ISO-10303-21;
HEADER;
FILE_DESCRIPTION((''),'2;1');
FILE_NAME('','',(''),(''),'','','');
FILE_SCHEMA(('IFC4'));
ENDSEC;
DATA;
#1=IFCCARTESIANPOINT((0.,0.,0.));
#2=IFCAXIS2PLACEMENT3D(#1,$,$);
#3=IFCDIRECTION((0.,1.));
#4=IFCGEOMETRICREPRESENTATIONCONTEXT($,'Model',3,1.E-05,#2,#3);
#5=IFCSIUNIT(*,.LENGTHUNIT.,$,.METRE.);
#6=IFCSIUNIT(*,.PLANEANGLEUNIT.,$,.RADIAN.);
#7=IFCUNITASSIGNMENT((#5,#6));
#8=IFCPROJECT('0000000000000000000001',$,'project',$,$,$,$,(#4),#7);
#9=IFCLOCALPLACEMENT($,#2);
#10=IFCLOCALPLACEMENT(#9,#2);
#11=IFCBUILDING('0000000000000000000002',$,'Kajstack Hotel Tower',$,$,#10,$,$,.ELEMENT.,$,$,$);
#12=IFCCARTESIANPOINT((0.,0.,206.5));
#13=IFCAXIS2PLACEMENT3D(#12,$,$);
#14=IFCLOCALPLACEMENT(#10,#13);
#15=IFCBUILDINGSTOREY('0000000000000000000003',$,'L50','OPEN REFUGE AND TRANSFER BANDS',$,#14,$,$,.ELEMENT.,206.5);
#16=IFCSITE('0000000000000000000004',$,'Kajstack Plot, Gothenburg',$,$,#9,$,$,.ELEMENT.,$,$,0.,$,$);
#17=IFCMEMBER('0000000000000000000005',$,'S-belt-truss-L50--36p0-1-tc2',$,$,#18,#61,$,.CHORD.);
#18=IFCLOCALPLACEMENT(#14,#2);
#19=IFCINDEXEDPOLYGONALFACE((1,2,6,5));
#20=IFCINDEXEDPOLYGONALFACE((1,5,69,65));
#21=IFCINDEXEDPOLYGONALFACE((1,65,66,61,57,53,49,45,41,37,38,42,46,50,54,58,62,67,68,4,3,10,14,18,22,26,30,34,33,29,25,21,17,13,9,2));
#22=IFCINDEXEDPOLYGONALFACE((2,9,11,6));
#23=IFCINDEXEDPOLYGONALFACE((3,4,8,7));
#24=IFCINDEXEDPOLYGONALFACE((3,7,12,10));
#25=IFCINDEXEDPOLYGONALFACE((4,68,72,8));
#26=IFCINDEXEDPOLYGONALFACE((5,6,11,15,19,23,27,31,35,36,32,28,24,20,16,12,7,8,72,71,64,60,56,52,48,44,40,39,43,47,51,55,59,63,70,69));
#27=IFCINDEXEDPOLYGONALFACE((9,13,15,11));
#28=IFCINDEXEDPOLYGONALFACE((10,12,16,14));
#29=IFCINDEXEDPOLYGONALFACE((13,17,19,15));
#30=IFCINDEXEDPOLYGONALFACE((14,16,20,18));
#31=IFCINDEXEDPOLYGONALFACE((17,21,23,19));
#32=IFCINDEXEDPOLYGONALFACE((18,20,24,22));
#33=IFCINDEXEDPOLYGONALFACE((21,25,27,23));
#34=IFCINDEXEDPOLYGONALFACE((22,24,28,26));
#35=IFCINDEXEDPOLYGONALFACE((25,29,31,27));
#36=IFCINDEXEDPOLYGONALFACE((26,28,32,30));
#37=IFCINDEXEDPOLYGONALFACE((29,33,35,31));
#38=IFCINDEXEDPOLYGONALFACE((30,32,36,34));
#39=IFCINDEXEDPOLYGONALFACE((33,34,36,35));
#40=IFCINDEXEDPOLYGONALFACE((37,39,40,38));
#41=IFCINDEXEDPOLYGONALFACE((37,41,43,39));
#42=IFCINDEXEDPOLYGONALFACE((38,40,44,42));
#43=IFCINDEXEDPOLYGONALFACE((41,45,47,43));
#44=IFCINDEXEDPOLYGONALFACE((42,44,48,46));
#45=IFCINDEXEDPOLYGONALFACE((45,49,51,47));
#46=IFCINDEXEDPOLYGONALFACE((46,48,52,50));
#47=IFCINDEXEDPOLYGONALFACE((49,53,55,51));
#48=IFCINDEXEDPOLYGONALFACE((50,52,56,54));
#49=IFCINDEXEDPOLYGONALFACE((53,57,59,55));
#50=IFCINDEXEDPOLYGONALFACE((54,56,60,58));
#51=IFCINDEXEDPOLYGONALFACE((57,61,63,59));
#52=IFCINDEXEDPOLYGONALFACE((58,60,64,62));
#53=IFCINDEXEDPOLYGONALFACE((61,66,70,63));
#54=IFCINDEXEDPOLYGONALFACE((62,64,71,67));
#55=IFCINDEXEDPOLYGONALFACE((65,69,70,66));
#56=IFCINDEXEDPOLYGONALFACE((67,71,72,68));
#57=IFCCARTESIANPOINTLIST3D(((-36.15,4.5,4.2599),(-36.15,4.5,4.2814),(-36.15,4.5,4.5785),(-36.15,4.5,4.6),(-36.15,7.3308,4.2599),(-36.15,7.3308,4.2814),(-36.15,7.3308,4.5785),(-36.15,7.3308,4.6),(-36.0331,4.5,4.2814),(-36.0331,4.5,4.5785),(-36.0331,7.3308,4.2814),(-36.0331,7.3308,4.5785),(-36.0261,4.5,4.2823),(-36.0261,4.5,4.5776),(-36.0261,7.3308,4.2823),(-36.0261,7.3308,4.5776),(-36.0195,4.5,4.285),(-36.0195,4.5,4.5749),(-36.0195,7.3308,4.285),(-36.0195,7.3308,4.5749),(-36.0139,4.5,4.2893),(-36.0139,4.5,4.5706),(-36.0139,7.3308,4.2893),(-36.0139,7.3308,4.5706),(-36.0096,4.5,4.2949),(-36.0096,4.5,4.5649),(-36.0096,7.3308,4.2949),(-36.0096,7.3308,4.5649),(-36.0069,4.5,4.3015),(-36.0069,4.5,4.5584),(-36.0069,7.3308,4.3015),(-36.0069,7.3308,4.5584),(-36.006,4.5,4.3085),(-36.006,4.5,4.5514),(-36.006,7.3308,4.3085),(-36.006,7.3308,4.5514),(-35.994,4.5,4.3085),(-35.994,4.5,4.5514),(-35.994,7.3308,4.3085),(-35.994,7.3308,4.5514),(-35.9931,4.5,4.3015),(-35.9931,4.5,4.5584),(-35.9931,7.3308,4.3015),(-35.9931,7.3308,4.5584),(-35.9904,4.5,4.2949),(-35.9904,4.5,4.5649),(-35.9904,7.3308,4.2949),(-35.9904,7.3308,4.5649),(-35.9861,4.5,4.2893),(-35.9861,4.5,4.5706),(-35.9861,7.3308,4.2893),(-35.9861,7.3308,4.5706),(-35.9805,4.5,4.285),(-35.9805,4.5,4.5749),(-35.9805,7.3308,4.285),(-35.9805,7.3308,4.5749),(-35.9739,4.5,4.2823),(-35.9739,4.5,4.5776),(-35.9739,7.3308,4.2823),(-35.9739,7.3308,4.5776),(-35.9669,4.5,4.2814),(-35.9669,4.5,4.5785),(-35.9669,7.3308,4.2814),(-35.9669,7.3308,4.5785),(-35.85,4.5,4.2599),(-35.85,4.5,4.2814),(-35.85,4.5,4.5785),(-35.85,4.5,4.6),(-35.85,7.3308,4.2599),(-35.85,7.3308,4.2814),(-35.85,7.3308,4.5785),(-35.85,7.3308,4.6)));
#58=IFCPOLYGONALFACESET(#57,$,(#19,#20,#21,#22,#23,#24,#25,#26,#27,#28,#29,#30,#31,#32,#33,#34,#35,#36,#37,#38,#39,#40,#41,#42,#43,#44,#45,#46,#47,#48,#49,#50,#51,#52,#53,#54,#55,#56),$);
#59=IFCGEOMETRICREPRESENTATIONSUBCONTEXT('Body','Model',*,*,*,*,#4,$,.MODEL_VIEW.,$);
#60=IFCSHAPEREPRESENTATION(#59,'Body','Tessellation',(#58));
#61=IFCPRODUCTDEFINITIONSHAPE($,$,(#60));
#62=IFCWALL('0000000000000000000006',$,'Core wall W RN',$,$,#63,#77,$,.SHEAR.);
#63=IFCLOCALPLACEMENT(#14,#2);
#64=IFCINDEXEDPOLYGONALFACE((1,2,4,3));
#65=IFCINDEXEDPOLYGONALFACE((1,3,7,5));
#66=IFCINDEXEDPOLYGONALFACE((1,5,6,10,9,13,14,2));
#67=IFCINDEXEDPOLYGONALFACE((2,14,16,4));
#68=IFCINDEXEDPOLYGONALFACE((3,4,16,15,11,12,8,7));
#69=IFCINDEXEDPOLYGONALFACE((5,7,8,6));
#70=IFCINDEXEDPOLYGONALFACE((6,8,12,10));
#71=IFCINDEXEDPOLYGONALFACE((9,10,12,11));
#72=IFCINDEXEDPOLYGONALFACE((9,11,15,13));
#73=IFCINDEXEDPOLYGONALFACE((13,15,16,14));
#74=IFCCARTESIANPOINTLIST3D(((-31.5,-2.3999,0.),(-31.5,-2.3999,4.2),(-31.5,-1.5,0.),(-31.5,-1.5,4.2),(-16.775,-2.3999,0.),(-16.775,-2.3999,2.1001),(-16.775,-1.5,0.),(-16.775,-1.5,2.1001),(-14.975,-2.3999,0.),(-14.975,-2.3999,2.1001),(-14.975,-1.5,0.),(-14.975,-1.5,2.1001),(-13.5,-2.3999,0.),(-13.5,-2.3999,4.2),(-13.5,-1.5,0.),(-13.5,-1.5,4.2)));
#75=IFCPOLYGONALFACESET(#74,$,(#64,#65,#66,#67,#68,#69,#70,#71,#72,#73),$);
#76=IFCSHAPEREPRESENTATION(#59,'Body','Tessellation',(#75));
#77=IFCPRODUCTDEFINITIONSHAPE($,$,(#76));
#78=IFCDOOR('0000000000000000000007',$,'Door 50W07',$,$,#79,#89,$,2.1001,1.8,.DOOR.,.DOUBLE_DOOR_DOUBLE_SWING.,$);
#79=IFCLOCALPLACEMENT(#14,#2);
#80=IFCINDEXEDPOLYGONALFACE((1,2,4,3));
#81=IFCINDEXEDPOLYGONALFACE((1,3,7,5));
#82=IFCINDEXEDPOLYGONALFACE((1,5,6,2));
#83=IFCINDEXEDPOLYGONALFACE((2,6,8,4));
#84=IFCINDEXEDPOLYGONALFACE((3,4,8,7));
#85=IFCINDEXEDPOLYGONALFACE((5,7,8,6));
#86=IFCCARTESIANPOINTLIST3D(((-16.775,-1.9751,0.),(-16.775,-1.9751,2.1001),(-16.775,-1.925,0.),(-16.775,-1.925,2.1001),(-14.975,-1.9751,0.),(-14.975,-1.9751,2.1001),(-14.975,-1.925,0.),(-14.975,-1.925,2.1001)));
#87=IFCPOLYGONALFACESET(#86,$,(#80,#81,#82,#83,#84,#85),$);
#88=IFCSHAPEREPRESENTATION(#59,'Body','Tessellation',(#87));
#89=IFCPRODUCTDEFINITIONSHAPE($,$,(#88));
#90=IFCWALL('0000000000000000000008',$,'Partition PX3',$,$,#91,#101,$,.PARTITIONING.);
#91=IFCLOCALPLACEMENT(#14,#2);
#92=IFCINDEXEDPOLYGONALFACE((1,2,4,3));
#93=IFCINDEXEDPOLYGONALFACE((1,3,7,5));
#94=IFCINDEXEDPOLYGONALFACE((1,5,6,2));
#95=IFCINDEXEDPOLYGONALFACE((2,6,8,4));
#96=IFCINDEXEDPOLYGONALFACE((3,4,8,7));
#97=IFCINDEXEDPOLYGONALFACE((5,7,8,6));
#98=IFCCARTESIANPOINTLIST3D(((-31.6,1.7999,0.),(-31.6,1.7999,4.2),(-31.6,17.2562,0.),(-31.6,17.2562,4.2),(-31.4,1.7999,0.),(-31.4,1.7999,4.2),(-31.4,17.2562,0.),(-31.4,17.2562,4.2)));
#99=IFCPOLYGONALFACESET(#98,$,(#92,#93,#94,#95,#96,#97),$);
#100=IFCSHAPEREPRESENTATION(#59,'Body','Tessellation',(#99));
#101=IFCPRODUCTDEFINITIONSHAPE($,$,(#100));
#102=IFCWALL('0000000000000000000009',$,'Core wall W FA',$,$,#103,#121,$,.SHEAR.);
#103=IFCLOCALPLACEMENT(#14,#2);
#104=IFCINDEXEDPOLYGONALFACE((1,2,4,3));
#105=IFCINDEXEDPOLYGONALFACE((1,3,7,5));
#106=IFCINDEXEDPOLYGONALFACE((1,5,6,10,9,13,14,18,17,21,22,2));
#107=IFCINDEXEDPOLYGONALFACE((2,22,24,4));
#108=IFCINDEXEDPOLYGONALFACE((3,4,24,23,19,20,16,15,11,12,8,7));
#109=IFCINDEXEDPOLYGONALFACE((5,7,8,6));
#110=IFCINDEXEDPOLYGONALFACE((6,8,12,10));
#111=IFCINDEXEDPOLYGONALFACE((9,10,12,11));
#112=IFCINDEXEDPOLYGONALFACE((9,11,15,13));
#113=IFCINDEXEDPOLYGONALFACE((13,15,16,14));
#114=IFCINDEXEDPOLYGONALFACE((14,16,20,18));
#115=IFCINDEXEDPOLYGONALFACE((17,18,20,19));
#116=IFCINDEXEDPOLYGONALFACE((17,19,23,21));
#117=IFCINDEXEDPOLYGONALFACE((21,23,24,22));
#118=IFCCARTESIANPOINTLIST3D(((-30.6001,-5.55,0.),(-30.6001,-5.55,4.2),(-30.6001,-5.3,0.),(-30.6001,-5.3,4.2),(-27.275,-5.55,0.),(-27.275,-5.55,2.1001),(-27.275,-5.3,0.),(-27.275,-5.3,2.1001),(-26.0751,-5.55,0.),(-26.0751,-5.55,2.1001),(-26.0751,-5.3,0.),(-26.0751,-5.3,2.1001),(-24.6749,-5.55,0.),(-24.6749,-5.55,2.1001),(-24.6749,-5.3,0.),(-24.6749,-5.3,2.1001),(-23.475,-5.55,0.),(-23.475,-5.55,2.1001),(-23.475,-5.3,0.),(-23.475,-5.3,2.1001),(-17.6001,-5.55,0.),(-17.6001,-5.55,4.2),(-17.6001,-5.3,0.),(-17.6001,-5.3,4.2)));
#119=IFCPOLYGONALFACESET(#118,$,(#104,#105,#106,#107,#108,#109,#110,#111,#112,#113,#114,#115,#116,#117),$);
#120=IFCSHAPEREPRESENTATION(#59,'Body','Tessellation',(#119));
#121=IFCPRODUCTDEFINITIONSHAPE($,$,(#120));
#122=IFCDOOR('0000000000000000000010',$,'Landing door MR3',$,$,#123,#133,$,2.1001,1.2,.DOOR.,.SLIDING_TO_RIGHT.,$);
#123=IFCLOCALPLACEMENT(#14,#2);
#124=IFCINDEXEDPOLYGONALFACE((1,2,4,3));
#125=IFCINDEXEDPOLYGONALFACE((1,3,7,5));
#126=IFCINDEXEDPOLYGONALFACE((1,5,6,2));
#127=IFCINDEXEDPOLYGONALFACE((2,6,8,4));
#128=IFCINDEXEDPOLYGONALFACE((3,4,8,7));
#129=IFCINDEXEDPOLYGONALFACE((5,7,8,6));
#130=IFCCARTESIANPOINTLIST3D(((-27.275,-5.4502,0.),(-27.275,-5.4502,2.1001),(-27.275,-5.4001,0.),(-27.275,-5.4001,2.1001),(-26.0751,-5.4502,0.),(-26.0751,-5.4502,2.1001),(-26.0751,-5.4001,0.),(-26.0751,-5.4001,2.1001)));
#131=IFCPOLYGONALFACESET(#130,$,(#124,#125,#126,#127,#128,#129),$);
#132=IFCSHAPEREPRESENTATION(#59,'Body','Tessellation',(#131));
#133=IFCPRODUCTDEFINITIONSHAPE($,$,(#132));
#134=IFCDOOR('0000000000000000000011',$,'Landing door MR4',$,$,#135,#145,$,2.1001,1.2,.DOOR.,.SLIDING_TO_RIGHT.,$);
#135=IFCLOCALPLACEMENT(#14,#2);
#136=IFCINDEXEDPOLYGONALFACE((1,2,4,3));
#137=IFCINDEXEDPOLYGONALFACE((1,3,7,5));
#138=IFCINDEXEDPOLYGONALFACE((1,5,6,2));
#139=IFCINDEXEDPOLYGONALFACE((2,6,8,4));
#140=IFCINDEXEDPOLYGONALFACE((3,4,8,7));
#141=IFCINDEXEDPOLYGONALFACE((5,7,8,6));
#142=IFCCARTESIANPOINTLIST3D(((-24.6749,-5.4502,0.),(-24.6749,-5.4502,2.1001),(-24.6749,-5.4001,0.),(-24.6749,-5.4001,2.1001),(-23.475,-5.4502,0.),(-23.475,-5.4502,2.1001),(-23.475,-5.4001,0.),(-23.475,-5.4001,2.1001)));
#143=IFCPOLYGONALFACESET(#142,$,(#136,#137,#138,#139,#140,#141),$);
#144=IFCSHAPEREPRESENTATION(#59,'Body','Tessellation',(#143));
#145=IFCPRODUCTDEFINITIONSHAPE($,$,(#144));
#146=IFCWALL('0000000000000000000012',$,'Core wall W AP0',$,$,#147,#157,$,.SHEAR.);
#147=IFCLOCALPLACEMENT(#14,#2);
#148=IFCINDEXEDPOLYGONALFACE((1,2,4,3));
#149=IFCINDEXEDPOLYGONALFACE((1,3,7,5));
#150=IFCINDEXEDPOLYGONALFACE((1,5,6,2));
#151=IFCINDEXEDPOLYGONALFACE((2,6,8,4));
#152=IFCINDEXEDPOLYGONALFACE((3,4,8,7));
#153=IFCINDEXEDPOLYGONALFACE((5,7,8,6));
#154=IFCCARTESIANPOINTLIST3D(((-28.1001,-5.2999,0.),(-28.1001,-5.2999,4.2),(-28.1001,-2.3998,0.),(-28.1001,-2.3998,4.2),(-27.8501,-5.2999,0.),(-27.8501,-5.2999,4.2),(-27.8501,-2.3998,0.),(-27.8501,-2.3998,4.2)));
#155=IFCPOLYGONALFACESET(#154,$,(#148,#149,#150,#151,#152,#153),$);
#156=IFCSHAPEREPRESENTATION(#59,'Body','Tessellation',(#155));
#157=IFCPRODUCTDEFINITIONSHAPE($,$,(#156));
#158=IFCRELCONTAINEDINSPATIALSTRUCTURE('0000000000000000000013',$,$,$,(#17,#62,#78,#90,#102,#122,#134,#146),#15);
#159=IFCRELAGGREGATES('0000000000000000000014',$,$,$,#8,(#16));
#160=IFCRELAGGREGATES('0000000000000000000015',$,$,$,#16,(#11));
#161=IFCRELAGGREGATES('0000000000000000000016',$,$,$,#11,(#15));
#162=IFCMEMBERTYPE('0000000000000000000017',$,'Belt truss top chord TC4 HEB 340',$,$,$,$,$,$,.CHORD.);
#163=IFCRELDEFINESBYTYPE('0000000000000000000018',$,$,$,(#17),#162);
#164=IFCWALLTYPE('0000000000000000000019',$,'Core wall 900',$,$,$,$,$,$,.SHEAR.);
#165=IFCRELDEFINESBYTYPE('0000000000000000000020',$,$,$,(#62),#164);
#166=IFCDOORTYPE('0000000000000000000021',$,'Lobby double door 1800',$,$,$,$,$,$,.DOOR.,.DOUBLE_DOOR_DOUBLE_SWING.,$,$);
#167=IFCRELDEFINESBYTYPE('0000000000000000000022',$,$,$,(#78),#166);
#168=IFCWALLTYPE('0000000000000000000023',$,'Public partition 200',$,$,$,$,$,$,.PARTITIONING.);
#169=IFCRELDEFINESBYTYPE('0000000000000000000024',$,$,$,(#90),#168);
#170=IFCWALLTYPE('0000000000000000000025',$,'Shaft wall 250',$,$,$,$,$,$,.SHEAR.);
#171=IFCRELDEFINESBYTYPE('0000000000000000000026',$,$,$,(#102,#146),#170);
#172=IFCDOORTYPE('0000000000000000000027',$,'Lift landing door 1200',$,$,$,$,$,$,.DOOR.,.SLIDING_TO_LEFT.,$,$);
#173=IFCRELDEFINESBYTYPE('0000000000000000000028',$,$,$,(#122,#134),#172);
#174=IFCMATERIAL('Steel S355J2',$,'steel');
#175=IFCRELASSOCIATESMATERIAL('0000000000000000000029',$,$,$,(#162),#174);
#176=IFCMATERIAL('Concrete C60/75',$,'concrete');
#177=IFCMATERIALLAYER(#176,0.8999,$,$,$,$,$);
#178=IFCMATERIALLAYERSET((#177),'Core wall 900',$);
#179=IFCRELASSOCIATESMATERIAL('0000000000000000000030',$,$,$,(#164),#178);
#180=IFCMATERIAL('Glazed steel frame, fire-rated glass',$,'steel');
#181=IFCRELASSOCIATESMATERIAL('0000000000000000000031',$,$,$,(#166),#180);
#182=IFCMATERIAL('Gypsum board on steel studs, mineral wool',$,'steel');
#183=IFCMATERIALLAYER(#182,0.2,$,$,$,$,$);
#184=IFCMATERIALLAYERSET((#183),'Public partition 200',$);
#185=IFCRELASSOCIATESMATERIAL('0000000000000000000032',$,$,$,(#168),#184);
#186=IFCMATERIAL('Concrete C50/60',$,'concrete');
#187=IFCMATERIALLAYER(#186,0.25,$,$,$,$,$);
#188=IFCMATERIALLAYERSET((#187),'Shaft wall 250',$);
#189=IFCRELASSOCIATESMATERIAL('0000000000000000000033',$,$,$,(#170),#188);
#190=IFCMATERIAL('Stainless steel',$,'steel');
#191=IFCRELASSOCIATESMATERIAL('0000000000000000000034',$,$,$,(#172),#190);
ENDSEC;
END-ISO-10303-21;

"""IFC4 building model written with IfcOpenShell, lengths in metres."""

from ifc_helpers import new_model, si_unit, direction, frame, frame_2d, origin, origin_2d, place, context, subcontext, project, spatial, rectangle, i_section, extrude, material, layer, layer_set, material_profile, profile_set, type_object, element, fill, save


model = new_model("IFC4")

# Units and contexts
model_context = context("Model", 3, precision=1e-05, world=origin(), true_north=direction((0.0, 1.0)))
body_context = subcontext(model_context, "Body", "Model", "MODEL_VIEW")
ifc_project = project(units=[si_unit("LENGTHUNIT", "METRE"), si_unit("PLANEANGLEUNIT", "RADIAN")], contexts=[model_context])

# Site, building, storey
site_placement = place(None, origin())
site = spatial("IfcSite", under=ifc_project, at=site_placement, Name="Kajstack Plot, Gothenburg", CompositionType="ELEMENT", RefElevation=0.0)
building_placement = place(site_placement, origin())
building = spatial("IfcBuilding", under=site, at=building_placement, Name="Kajstack Hotel Tower", CompositionType="ELEMENT")
storey_placement = place(building_placement, frame((0.0, 0.0, 206.5)))
storey = spatial("IfcBuildingStorey", under=building, at=storey_placement, Name="L50", Description="OPEN REFUGE AND TRANSFER BANDS", CompositionType="ELEMENT", Elevation=206.5)

# Member
ifc_material_1 = material(Name="Steel S355J2", Category="steel")
ifc_material_profile_1 = material_profile(ifc_material_1, i_section(OverallWidth=0.3, OverallDepth=0.3401, WebThickness=0.012, FlangeThickness=0.0215, FilletRadius=0.0271, at=origin_2d()), Name="HEB 340")
ifc_profile_set_1 = profile_set([ifc_material_profile_1], Name="Steel S355J2")
member_type_1 = type_object("IfcMemberType", Name="Belt truss top chord TC4 HEB 340", PredefinedType="CHORD", material=ifc_profile_set_1)
member_1_placement = place(storey_placement, frame((-36.0, 4.5, 4.4299), z_axis=(0.0, 1.0, 0.0), x_axis=(-1.0, 0.0, 0.0)))
element("IfcMember", 1, at=member_1_placement, inside=storey, type_object=member_type_1, Name="S-belt-truss-L50--36p0-1-tc2", PredefinedType="CHORD", context=body_context, shape_type="SweptSolid", body=[
    extrude(i_section(OverallWidth=0.3, OverallDepth=0.3401, WebThickness=0.012, FlangeThickness=0.0215, FilletRadius=0.0271, at=origin_2d()), origin(), (0.0, 0.0, 1.0), 2.8308),
])

# Wall, opening, door
ifc_material_2 = material(Name="Concrete C60/75", Category="concrete")
ifc_layer_1 = layer(ifc_material_2, 0.8999)
ifc_layer_set_1 = layer_set([ifc_layer_1], Name="Core wall 900")
wall_type_1 = type_object("IfcWallType", Name="Core wall 900", PredefinedType="SHEAR", material=ifc_layer_set_1)
wall_1_placement = place(storey_placement, frame((-31.5, -1.95, 0.0), z_axis=(0.0, 0.0, 1.0), x_axis=(1.0, 0.0, 0.0)))
wall_1 = element("IfcWall", 2, at=wall_1_placement, inside=storey, type_object=wall_type_1, Name="Core wall W RN", PredefinedType="SHEAR", context=body_context, shape_type="SweptSolid", body=[
    extrude(rectangle(XDim=18.0, YDim=0.8999, at=frame_2d((9.0, 0.0))), origin(), (0.0, 0.0, 1.0), 4.2),
])
opening_1_placement = place(wall_1_placement, frame((14.7251, 0.0, 0.0)))
opening_1 = element("IfcOpeningElement", 3, at=opening_1_placement, cuts=wall_1, PredefinedType="OPENING", context=body_context, shape_type="SweptSolid", body=[
    extrude(rectangle(XDim=1.8, YDim=2.1001, at=frame_2d((0.8999, 1.05))), frame((0.0, 0.46, 0.0), z_axis=(0.0, -1.0, 0.0), x_axis=(1.0, 0.0, 0.0)), (0.0, 0.0, 1.0), 0.9199),
])
ifc_material_3 = material(Name="Glazed steel frame, fire-rated glass", Category="steel")
door_type_1 = type_object("IfcDoorType", Name="Lobby double door 1800", OperationType="DOUBLE_DOOR_DOUBLE_SWING", PredefinedType="DOOR", material=ifc_material_3)
door_1_placement = place(opening_1_placement, origin())
door_1 = element("IfcDoor", 4, at=door_1_placement, inside=storey, type_object=door_type_1, Name="Door 50W07", OperationType="DOUBLE_DOOR_DOUBLE_SWING", OverallHeight=2.1001, OverallWidth=1.8, PredefinedType="DOOR", context=body_context, shape_type="SweptSolid", body=[
    extrude(rectangle(XDim=1.8, YDim=2.1001, at=frame_2d((0.8999, 1.05))), frame((0.0, 0.0249, 0.0), z_axis=(0.0, -1.0, 0.0), x_axis=(1.0, 0.0, 0.0)), (0.0, 0.0, 1.0), 0.05),
])
fill(opening_1, door_1)

# Wall
ifc_material_4 = material(Name="Gypsum board on steel studs, mineral wool", Category="steel")
ifc_layer_2 = layer(ifc_material_4, 0.2)
ifc_layer_set_2 = layer_set([ifc_layer_2], Name="Public partition 200")
wall_type_2 = type_object("IfcWallType", Name="Public partition 200", PredefinedType="PARTITIONING", material=ifc_layer_set_2)
wall_2_placement = place(storey_placement, frame((-31.5, 1.8, 0.0), z_axis=(0.0, 0.0, 1.0), x_axis=(0.0, 1.0, 0.0)))
element("IfcWall", 5, at=wall_2_placement, inside=storey, type_object=wall_type_2, Name="Partition PX3", PredefinedType="PARTITIONING", context=body_context, shape_type="SweptSolid", body=[
    extrude(rectangle(XDim=15.4563, YDim=0.2, at=frame_2d((7.728, 0.0))), origin(), (0.0, 0.0, 1.0), 4.2),
])

# Wall, openings, doors
ifc_material_5 = material(Name="Concrete C50/60", Category="concrete")
ifc_layer_3 = layer(ifc_material_5, 0.25)
ifc_layer_set_3 = layer_set([ifc_layer_3], Name="Shaft wall 250")
wall_type_3 = type_object("IfcWallType", Name="Shaft wall 250", PredefinedType="SHEAR", material=ifc_layer_set_3)
wall_3_placement = place(storey_placement, frame((-30.6001, -5.425, 0.0), z_axis=(0.0, 0.0, 1.0), x_axis=(1.0, 0.0, 0.0)))
wall_3 = element("IfcWall", 6, at=wall_3_placement, inside=storey, type_object=wall_type_3, Name="Core wall W FA", PredefinedType="SHEAR", context=body_context, shape_type="SweptSolid", body=[
    extrude(rectangle(XDim=13.0, YDim=0.25, at=frame_2d((6.5, 0.0))), origin(), (0.0, 0.0, 1.0), 4.2),
])
opening_2_placement = place(wall_3_placement, frame((3.325, 0.0, 0.0)))
opening_2 = element("IfcOpeningElement", 7, at=opening_2_placement, cuts=wall_3, PredefinedType="OPENING", context=body_context, shape_type="SweptSolid", body=[
    extrude(rectangle(XDim=1.2, YDim=2.1001, at=frame_2d((0.6001, 1.05))), frame((0.0, 0.135, 0.0), z_axis=(0.0, -1.0, 0.0), x_axis=(1.0, 0.0, 0.0)), (0.0, 0.0, 1.0), 0.27),
])
opening_3_placement = place(wall_3_placement, frame((5.925, 0.0, 0.0)))
opening_3 = element("IfcOpeningElement", 8, at=opening_3_placement, cuts=wall_3, PredefinedType="OPENING", context=body_context, shape_type="SweptSolid", body=[
    extrude(rectangle(XDim=1.2, YDim=2.1001, at=frame_2d((0.6001, 1.05))), frame((0.0, 0.135, 0.0), z_axis=(0.0, -1.0, 0.0), x_axis=(1.0, 0.0, 0.0)), (0.0, 0.0, 1.0), 0.27),
])
ifc_material_6 = material(Name="Stainless steel", Category="steel")
door_type_2 = type_object("IfcDoorType", Name="Lift landing door 1200", OperationType="SLIDING_TO_LEFT", PredefinedType="DOOR", material=ifc_material_6)
door_2_placement = place(opening_2_placement, origin())
door_2 = element("IfcDoor", 9, at=door_2_placement, inside=storey, type_object=door_type_2, Name="Landing door MR3", OperationType="SLIDING_TO_RIGHT", OverallHeight=2.1001, OverallWidth=1.2, PredefinedType="DOOR", context=body_context, shape_type="SweptSolid", body=[
    extrude(rectangle(XDim=1.2, YDim=2.1001, at=frame_2d((0.6001, 1.05))), frame((0.0, 0.0249, 0.0), z_axis=(0.0, -1.0, 0.0), x_axis=(1.0, 0.0, 0.0)), (0.0, 0.0, 1.0), 0.05),
])
fill(opening_2, door_2)
door_3_placement = place(opening_3_placement, origin())
door_3 = element("IfcDoor", 10, at=door_3_placement, inside=storey, type_object=door_type_2, Name="Landing door MR4", OperationType="SLIDING_TO_RIGHT", OverallHeight=2.1001, OverallWidth=1.2, PredefinedType="DOOR", context=body_context, shape_type="SweptSolid", body=[
    extrude(rectangle(XDim=1.2, YDim=2.1001, at=frame_2d((0.6001, 1.05))), frame((0.0, 0.0249, 0.0), z_axis=(0.0, -1.0, 0.0), x_axis=(1.0, 0.0, 0.0)), (0.0, 0.0, 1.0), 0.05),
])
fill(opening_3, door_3)

# Wall
wall_4_placement = place(storey_placement, frame((-27.9751, -5.3, 0.0), z_axis=(0.0, 0.0, 1.0), x_axis=(0.0, 1.0, 0.0)))
element("IfcWall", 11, at=wall_4_placement, inside=storey, type_object=wall_type_3, Name="Core wall W AP0", PredefinedType="SHEAR", context=body_context, shape_type="SweptSolid", body=[
    extrude(rectangle(XDim=2.9001, YDim=0.25, at=frame_2d((1.4502, 0.0))), origin(), (0.0, 0.0, 1.0), 4.2),
])

save(model, "model.ifc")
